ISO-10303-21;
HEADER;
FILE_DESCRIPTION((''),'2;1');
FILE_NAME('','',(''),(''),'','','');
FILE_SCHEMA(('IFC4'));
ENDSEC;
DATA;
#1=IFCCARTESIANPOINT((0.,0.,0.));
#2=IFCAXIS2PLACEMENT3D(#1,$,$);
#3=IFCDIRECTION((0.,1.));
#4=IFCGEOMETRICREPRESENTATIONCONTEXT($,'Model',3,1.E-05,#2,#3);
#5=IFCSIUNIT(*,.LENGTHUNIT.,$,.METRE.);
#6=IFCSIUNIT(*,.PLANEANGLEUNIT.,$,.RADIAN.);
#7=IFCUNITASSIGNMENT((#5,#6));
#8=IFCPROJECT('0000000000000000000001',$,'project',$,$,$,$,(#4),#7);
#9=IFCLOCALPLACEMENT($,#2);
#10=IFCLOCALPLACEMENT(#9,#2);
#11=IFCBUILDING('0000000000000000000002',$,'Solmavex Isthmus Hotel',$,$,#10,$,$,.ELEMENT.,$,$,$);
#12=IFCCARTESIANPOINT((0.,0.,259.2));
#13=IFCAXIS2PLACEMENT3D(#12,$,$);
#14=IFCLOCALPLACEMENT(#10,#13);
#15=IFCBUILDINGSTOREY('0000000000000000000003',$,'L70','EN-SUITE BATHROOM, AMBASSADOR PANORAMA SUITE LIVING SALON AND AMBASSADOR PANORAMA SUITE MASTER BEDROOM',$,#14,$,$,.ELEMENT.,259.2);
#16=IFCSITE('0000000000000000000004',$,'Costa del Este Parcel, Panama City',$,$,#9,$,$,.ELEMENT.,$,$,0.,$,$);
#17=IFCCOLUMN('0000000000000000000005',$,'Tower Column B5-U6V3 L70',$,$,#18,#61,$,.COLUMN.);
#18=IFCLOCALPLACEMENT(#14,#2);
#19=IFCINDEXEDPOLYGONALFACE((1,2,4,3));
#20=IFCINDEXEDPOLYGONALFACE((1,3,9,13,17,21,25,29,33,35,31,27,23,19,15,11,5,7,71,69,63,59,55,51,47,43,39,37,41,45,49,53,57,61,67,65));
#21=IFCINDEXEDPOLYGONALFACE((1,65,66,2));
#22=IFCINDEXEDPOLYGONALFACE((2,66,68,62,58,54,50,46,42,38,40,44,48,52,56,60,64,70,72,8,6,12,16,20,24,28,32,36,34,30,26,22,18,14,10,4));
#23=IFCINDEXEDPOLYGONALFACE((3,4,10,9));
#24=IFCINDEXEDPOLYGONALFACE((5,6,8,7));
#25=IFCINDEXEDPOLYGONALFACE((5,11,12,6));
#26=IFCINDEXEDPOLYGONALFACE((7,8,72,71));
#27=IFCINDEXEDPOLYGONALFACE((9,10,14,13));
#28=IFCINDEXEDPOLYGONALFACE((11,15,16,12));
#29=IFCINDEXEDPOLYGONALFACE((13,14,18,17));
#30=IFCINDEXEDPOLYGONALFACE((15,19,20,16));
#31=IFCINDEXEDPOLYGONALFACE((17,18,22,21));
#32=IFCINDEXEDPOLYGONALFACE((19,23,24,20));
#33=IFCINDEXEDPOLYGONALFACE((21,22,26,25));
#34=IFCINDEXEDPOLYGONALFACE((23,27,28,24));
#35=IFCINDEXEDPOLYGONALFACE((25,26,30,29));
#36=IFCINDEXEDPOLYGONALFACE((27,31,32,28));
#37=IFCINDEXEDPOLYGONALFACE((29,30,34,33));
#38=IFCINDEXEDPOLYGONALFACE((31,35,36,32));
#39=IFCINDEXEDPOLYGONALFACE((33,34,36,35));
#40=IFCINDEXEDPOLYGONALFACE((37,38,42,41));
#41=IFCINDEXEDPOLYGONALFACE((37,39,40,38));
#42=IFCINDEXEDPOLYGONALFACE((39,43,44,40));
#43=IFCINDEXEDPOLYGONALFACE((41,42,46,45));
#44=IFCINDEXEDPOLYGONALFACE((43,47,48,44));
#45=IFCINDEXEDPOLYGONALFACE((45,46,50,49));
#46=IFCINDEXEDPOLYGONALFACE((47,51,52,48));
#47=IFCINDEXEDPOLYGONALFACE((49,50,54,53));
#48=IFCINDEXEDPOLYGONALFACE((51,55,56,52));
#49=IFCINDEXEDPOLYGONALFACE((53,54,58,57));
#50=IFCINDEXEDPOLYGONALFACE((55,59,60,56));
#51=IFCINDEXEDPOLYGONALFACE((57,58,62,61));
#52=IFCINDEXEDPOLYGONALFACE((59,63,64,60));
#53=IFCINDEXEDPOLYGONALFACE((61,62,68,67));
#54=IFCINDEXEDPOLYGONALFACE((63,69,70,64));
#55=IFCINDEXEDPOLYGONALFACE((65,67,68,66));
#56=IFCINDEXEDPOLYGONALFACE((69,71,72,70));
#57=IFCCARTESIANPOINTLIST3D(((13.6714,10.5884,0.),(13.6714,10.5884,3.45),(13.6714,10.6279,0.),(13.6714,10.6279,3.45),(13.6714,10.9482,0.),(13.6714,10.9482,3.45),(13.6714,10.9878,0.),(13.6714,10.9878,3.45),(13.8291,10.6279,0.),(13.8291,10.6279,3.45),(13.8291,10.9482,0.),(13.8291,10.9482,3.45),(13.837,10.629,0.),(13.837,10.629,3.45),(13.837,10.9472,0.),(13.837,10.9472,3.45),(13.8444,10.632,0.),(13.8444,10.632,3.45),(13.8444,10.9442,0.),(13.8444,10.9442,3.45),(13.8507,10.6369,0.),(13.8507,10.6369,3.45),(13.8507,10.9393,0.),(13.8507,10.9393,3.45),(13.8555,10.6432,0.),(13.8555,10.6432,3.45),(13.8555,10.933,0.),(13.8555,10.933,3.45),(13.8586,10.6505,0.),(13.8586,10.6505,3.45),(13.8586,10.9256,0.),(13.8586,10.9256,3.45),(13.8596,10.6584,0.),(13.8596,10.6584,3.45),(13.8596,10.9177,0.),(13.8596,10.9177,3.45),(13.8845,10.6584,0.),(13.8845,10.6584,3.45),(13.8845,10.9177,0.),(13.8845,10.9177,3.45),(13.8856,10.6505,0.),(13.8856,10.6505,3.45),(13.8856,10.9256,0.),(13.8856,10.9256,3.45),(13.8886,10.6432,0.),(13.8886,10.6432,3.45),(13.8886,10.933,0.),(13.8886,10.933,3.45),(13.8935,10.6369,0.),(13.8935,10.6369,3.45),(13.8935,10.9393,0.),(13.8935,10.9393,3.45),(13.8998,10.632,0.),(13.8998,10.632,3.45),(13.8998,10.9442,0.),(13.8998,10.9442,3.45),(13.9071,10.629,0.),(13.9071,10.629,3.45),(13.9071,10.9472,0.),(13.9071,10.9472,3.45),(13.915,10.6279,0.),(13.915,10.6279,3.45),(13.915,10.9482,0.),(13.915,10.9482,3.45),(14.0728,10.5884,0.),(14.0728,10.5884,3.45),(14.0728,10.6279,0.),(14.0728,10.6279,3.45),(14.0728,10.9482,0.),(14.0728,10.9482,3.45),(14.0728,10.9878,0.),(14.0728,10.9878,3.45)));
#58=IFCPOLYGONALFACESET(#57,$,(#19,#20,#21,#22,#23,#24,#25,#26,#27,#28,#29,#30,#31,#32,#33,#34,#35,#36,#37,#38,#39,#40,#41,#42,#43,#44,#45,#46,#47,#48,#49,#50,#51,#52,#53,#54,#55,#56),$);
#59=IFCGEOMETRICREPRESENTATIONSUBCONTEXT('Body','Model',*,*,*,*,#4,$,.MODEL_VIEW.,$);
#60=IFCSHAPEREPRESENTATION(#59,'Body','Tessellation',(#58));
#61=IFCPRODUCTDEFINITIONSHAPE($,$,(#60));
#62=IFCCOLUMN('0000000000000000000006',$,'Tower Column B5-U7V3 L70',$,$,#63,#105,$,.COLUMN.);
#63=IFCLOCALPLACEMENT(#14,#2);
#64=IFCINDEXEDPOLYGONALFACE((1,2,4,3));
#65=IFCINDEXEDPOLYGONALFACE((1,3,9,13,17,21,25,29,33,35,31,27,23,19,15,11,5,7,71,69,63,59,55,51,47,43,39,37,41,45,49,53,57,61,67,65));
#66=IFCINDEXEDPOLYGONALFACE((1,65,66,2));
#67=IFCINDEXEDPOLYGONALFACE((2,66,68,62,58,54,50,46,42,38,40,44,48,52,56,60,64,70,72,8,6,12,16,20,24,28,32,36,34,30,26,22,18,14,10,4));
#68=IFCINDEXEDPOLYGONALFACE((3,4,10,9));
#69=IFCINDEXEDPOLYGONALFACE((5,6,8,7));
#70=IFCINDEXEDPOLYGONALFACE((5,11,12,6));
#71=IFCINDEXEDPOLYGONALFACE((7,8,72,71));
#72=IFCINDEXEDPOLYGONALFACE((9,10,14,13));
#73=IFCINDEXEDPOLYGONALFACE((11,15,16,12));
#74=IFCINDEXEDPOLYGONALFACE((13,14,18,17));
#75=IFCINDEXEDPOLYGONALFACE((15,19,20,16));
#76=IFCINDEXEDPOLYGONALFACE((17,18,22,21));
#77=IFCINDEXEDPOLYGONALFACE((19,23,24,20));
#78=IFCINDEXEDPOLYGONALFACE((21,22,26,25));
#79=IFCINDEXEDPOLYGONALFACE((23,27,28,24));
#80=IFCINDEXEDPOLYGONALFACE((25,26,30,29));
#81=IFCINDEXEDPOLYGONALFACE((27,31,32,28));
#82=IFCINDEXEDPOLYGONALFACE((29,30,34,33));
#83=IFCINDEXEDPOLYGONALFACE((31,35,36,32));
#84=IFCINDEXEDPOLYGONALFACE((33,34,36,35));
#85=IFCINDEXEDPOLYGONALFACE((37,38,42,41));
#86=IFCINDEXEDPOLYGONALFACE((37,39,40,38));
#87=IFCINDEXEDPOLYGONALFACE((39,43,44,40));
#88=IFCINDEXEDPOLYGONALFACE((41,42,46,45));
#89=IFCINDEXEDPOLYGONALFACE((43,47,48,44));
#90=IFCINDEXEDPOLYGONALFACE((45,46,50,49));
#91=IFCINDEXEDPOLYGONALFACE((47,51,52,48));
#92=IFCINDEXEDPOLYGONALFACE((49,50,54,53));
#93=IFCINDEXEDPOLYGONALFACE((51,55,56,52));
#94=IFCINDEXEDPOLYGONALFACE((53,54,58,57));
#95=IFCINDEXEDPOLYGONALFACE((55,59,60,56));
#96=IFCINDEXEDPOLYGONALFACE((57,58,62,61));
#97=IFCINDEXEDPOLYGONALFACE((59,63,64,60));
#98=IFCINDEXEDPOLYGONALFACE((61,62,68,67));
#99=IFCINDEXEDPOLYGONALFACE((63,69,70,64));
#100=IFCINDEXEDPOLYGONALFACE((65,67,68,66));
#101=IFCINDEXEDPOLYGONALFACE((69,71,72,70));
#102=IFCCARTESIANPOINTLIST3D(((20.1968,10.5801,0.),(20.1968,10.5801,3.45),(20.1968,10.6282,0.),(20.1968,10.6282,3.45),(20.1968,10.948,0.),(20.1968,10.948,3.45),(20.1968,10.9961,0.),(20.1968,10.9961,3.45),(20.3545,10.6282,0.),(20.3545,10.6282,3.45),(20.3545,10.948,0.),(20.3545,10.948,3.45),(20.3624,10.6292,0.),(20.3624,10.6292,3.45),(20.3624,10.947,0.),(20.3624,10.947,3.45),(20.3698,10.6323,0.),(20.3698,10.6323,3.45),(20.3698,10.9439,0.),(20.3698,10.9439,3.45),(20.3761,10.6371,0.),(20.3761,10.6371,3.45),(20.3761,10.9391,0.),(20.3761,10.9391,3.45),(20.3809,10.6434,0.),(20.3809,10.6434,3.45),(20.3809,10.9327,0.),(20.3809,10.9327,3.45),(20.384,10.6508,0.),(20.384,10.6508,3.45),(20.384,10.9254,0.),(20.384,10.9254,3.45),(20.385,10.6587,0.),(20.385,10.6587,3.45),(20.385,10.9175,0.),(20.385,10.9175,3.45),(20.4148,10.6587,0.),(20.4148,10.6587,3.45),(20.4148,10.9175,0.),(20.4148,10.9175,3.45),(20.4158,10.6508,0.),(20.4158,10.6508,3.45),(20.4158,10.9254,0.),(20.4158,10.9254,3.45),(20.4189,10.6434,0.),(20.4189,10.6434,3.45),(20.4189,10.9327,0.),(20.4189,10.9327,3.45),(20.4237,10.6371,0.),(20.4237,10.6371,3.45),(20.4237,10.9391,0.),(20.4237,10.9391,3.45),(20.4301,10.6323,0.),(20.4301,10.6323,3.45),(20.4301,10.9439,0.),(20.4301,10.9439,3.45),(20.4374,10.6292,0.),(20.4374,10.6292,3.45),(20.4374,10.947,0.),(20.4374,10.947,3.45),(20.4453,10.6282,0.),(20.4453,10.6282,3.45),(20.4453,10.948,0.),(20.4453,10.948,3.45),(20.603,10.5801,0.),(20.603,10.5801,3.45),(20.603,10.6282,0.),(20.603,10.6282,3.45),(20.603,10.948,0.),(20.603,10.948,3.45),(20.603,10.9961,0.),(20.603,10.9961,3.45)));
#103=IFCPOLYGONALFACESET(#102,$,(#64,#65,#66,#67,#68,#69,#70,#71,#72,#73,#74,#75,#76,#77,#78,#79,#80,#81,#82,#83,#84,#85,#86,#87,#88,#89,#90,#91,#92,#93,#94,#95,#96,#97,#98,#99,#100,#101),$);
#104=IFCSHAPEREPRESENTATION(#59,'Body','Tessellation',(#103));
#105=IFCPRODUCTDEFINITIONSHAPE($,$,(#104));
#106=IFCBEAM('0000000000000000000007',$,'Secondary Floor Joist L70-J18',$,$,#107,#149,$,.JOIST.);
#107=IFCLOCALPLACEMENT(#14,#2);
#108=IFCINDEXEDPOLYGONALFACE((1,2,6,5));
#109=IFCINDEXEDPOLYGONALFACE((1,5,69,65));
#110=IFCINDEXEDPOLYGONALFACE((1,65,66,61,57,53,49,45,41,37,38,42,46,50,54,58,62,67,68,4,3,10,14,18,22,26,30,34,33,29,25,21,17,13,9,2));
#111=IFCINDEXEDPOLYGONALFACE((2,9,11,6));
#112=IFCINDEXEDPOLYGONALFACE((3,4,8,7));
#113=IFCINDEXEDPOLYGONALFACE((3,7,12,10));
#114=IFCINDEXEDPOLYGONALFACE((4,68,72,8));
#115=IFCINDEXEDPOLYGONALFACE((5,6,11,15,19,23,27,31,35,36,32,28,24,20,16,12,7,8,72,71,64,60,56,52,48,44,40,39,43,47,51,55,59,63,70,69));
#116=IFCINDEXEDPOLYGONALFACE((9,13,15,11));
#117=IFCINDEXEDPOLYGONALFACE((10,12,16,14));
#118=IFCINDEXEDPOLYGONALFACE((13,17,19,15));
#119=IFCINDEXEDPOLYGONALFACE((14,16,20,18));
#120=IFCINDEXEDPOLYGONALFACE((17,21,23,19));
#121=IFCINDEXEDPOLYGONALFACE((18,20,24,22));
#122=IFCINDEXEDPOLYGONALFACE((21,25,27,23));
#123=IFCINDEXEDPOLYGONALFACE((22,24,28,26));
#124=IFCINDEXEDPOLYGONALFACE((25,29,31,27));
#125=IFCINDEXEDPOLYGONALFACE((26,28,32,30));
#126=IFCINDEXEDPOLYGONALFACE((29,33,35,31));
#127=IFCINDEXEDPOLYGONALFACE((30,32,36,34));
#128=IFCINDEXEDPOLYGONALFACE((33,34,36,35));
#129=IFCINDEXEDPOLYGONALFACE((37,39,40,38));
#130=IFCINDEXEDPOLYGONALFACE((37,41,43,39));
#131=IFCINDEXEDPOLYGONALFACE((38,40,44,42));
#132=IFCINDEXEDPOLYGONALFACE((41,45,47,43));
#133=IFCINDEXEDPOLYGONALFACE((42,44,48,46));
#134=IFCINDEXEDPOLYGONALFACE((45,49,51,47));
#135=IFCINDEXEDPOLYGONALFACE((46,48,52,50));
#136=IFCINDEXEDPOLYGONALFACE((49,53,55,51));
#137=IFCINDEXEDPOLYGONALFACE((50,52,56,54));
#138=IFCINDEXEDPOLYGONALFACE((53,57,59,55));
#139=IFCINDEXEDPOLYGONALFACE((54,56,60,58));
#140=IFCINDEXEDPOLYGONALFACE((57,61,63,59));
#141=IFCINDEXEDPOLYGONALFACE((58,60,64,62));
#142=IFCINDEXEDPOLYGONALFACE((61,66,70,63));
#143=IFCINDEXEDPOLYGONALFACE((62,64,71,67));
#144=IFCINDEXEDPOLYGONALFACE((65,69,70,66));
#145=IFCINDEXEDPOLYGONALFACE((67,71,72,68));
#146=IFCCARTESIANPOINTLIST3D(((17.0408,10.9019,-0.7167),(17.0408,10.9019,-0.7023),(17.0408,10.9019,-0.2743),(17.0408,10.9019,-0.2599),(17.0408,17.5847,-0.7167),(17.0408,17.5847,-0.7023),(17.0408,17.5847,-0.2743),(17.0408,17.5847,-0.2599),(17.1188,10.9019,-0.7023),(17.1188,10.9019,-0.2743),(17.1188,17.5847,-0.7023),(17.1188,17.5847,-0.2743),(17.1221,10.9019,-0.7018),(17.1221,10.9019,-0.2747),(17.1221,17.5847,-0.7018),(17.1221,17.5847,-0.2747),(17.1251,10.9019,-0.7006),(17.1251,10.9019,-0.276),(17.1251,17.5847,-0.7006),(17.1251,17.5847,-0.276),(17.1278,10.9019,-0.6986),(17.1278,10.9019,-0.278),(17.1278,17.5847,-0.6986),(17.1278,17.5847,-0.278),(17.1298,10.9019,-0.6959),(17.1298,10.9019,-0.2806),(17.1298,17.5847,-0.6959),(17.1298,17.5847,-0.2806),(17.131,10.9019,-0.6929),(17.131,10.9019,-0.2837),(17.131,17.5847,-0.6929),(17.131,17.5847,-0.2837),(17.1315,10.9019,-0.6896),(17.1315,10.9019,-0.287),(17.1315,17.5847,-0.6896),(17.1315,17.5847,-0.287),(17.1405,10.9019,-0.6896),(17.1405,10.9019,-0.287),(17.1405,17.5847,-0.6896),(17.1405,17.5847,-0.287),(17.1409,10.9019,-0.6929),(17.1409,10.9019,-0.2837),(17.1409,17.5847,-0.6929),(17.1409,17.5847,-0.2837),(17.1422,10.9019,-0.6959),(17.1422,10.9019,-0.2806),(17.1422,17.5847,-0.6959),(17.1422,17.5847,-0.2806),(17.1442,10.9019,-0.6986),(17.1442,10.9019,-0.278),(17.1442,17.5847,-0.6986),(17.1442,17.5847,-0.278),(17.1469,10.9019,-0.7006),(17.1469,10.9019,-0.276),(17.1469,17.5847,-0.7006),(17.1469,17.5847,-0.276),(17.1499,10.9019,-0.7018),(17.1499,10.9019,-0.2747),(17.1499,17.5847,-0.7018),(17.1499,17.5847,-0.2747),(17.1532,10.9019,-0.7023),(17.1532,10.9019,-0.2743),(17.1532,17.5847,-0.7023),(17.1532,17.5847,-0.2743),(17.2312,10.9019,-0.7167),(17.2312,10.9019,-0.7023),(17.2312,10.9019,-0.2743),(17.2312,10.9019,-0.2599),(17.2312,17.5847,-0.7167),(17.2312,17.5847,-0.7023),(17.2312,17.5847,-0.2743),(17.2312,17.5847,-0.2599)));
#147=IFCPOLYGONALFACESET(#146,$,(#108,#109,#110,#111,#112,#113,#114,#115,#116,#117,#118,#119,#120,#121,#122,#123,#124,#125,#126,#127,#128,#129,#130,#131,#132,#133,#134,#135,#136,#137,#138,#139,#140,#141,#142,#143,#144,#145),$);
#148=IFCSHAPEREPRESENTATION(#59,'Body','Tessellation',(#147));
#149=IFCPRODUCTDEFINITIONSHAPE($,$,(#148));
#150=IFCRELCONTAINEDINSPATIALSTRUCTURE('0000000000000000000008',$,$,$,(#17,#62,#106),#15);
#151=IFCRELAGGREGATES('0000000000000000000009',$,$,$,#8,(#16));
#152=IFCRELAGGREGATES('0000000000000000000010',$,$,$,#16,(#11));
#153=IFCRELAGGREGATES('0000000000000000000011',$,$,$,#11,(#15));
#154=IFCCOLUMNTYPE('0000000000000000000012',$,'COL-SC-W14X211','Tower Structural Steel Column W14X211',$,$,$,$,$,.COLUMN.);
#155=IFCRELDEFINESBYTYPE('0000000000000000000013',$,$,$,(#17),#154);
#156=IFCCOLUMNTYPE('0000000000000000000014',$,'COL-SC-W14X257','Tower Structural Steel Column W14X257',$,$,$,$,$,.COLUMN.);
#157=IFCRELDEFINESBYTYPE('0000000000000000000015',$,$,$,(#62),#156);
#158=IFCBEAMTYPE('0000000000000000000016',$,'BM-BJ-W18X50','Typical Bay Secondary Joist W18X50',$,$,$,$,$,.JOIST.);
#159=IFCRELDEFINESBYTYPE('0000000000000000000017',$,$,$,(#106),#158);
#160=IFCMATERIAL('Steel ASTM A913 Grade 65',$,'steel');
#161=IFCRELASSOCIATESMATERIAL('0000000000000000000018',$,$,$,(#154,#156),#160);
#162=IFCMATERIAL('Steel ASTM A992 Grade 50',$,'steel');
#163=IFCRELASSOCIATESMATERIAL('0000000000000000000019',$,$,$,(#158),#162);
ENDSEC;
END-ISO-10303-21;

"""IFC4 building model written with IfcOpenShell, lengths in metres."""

from ifc_helpers import new_model, si_unit, direction, frame, origin, origin_2d, place, context, subcontext, project, spatial, i_section, extrude, material, material_profile, profile_set, type_object, element, save


model = new_model("IFC4")

# Units and contexts
model_context = context("Model", 3, precision=1e-05, world=origin(), true_north=direction((0.0, 1.0)))
body_context = subcontext(model_context, "Body", "Model", "MODEL_VIEW")
ifc_project = project(units=[si_unit("LENGTHUNIT", "METRE"), si_unit("PLANEANGLEUNIT", "RADIAN")], contexts=[model_context])

# Site, building, storey
site_placement = place(None, origin())
site = spatial("IfcSite", under=ifc_project, at=site_placement, Name="Costa del Este Parcel, Panama City", CompositionType="ELEMENT", RefElevation=0.0)
building_placement = place(site_placement, origin())
building = spatial("IfcBuilding", under=site, at=building_placement, Name="Solmavex Isthmus Hotel", CompositionType="ELEMENT")
storey_placement = place(building_placement, frame((0.0, 0.0, 259.2)))
storey = spatial("IfcBuildingStorey", under=building, at=storey_placement, Name="L70", Description="EN-SUITE BATHROOM, AMBASSADOR PANORAMA SUITE LIVING SALON AND AMBASSADOR PANORAMA SUITE MASTER BEDROOM", CompositionType="ELEMENT", Elevation=259.2)

# Columns
ifc_material_1 = material(Name="Steel ASTM A913 Grade 65", Category="steel")
ifc_material_profile_1 = material_profile(ifc_material_1, i_section(OverallWidth=0.4014, OverallDepth=0.3994, WebThickness=0.0249, FlangeThickness=0.0396, FilletRadius=0.0305, at=origin_2d()), Name="W14X211")
ifc_profile_set_1 = profile_set([ifc_material_profile_1], Name="Steel ASTM A913 Grade 65")
column_type_1 = type_object("IfcColumnType", Name="COL-SC-W14X211", Description="Tower Structural Steel Column W14X211", PredefinedType="COLUMN", material=ifc_profile_set_1)
column_1_placement = place(storey_placement, frame((13.8721, 10.7881, 0.0), z_axis=(0.0, 0.0, 1.0), x_axis=(1.0, 0.0, 0.0)))
element("IfcColumn", 1, at=column_1_placement, inside=storey, type_object=column_type_1, Name="Tower Column B5-U6V3 L70", PredefinedType="COLUMN", context=body_context, shape_type="SweptSolid", body=[
    extrude(i_section(OverallWidth=0.4014, OverallDepth=0.3994, WebThickness=0.0249, FlangeThickness=0.0396, FilletRadius=0.0305, at=origin_2d()), origin(), (0.0, 0.0, 1.0), 3.45),
])
ifc_material_profile_2 = material_profile(ifc_material_1, i_section(OverallWidth=0.4062, OverallDepth=0.416, WebThickness=0.0298, FlangeThickness=0.0481, FilletRadius=0.0305, at=origin_2d()), Name="W14X257")
ifc_profile_set_2 = profile_set([ifc_material_profile_2], Name="Steel ASTM A913 Grade 65")
column_type_2 = type_object("IfcColumnType", Name="COL-SC-W14X257", Description="Tower Structural Steel Column W14X257", PredefinedType="COLUMN", material=ifc_profile_set_2)
column_2_placement = place(storey_placement, frame((20.3999, 10.7881, 0.0), z_axis=(0.0, 0.0, 1.0), x_axis=(1.0, 0.0, 0.0)))
element("IfcColumn", 2, at=column_2_placement, inside=storey, type_object=column_type_2, Name="Tower Column B5-U7V3 L70", PredefinedType="COLUMN", context=body_context, shape_type="SweptSolid", body=[
    extrude(i_section(OverallWidth=0.4062, OverallDepth=0.416, WebThickness=0.0298, FlangeThickness=0.0481, FilletRadius=0.0305, at=origin_2d()), origin(), (0.0, 0.0, 1.0), 3.45),
])

# Beam
ifc_material_2 = material(Name="Steel ASTM A992 Grade 50", Category="steel")
ifc_material_profile_3 = material_profile(ifc_material_2, i_section(OverallWidth=0.1904, OverallDepth=0.4568, WebThickness=0.009, FlangeThickness=0.0144, FilletRadius=0.0127, at=origin_2d()), Name="W18X50")
ifc_profile_set_3 = profile_set([ifc_material_profile_3], Name="Steel ASTM A992 Grade 50")
beam_type_1 = type_object("IfcBeamType", Name="BM-BJ-W18X50", Description="Typical Bay Secondary Joist W18X50", PredefinedType="JOIST", material=ifc_profile_set_3)
beam_1_placement = place(storey_placement, frame((17.136, 10.9019, -0.4883), z_axis=(0.0, 1.0, 0.0), x_axis=(-1.0, 0.0, 0.0)))
element("IfcBeam", 3, at=beam_1_placement, inside=storey, type_object=beam_type_1, Name="Secondary Floor Joist L70-J18", PredefinedType="JOIST", context=body_context, shape_type="SweptSolid", body=[
    extrude(i_section(OverallWidth=0.1904, OverallDepth=0.4568, WebThickness=0.009, FlangeThickness=0.0144, FilletRadius=0.0127, at=origin_2d()), origin(), (0.0, 0.0, 1.0), 6.6829),
])

save(model, "model.ifc")
